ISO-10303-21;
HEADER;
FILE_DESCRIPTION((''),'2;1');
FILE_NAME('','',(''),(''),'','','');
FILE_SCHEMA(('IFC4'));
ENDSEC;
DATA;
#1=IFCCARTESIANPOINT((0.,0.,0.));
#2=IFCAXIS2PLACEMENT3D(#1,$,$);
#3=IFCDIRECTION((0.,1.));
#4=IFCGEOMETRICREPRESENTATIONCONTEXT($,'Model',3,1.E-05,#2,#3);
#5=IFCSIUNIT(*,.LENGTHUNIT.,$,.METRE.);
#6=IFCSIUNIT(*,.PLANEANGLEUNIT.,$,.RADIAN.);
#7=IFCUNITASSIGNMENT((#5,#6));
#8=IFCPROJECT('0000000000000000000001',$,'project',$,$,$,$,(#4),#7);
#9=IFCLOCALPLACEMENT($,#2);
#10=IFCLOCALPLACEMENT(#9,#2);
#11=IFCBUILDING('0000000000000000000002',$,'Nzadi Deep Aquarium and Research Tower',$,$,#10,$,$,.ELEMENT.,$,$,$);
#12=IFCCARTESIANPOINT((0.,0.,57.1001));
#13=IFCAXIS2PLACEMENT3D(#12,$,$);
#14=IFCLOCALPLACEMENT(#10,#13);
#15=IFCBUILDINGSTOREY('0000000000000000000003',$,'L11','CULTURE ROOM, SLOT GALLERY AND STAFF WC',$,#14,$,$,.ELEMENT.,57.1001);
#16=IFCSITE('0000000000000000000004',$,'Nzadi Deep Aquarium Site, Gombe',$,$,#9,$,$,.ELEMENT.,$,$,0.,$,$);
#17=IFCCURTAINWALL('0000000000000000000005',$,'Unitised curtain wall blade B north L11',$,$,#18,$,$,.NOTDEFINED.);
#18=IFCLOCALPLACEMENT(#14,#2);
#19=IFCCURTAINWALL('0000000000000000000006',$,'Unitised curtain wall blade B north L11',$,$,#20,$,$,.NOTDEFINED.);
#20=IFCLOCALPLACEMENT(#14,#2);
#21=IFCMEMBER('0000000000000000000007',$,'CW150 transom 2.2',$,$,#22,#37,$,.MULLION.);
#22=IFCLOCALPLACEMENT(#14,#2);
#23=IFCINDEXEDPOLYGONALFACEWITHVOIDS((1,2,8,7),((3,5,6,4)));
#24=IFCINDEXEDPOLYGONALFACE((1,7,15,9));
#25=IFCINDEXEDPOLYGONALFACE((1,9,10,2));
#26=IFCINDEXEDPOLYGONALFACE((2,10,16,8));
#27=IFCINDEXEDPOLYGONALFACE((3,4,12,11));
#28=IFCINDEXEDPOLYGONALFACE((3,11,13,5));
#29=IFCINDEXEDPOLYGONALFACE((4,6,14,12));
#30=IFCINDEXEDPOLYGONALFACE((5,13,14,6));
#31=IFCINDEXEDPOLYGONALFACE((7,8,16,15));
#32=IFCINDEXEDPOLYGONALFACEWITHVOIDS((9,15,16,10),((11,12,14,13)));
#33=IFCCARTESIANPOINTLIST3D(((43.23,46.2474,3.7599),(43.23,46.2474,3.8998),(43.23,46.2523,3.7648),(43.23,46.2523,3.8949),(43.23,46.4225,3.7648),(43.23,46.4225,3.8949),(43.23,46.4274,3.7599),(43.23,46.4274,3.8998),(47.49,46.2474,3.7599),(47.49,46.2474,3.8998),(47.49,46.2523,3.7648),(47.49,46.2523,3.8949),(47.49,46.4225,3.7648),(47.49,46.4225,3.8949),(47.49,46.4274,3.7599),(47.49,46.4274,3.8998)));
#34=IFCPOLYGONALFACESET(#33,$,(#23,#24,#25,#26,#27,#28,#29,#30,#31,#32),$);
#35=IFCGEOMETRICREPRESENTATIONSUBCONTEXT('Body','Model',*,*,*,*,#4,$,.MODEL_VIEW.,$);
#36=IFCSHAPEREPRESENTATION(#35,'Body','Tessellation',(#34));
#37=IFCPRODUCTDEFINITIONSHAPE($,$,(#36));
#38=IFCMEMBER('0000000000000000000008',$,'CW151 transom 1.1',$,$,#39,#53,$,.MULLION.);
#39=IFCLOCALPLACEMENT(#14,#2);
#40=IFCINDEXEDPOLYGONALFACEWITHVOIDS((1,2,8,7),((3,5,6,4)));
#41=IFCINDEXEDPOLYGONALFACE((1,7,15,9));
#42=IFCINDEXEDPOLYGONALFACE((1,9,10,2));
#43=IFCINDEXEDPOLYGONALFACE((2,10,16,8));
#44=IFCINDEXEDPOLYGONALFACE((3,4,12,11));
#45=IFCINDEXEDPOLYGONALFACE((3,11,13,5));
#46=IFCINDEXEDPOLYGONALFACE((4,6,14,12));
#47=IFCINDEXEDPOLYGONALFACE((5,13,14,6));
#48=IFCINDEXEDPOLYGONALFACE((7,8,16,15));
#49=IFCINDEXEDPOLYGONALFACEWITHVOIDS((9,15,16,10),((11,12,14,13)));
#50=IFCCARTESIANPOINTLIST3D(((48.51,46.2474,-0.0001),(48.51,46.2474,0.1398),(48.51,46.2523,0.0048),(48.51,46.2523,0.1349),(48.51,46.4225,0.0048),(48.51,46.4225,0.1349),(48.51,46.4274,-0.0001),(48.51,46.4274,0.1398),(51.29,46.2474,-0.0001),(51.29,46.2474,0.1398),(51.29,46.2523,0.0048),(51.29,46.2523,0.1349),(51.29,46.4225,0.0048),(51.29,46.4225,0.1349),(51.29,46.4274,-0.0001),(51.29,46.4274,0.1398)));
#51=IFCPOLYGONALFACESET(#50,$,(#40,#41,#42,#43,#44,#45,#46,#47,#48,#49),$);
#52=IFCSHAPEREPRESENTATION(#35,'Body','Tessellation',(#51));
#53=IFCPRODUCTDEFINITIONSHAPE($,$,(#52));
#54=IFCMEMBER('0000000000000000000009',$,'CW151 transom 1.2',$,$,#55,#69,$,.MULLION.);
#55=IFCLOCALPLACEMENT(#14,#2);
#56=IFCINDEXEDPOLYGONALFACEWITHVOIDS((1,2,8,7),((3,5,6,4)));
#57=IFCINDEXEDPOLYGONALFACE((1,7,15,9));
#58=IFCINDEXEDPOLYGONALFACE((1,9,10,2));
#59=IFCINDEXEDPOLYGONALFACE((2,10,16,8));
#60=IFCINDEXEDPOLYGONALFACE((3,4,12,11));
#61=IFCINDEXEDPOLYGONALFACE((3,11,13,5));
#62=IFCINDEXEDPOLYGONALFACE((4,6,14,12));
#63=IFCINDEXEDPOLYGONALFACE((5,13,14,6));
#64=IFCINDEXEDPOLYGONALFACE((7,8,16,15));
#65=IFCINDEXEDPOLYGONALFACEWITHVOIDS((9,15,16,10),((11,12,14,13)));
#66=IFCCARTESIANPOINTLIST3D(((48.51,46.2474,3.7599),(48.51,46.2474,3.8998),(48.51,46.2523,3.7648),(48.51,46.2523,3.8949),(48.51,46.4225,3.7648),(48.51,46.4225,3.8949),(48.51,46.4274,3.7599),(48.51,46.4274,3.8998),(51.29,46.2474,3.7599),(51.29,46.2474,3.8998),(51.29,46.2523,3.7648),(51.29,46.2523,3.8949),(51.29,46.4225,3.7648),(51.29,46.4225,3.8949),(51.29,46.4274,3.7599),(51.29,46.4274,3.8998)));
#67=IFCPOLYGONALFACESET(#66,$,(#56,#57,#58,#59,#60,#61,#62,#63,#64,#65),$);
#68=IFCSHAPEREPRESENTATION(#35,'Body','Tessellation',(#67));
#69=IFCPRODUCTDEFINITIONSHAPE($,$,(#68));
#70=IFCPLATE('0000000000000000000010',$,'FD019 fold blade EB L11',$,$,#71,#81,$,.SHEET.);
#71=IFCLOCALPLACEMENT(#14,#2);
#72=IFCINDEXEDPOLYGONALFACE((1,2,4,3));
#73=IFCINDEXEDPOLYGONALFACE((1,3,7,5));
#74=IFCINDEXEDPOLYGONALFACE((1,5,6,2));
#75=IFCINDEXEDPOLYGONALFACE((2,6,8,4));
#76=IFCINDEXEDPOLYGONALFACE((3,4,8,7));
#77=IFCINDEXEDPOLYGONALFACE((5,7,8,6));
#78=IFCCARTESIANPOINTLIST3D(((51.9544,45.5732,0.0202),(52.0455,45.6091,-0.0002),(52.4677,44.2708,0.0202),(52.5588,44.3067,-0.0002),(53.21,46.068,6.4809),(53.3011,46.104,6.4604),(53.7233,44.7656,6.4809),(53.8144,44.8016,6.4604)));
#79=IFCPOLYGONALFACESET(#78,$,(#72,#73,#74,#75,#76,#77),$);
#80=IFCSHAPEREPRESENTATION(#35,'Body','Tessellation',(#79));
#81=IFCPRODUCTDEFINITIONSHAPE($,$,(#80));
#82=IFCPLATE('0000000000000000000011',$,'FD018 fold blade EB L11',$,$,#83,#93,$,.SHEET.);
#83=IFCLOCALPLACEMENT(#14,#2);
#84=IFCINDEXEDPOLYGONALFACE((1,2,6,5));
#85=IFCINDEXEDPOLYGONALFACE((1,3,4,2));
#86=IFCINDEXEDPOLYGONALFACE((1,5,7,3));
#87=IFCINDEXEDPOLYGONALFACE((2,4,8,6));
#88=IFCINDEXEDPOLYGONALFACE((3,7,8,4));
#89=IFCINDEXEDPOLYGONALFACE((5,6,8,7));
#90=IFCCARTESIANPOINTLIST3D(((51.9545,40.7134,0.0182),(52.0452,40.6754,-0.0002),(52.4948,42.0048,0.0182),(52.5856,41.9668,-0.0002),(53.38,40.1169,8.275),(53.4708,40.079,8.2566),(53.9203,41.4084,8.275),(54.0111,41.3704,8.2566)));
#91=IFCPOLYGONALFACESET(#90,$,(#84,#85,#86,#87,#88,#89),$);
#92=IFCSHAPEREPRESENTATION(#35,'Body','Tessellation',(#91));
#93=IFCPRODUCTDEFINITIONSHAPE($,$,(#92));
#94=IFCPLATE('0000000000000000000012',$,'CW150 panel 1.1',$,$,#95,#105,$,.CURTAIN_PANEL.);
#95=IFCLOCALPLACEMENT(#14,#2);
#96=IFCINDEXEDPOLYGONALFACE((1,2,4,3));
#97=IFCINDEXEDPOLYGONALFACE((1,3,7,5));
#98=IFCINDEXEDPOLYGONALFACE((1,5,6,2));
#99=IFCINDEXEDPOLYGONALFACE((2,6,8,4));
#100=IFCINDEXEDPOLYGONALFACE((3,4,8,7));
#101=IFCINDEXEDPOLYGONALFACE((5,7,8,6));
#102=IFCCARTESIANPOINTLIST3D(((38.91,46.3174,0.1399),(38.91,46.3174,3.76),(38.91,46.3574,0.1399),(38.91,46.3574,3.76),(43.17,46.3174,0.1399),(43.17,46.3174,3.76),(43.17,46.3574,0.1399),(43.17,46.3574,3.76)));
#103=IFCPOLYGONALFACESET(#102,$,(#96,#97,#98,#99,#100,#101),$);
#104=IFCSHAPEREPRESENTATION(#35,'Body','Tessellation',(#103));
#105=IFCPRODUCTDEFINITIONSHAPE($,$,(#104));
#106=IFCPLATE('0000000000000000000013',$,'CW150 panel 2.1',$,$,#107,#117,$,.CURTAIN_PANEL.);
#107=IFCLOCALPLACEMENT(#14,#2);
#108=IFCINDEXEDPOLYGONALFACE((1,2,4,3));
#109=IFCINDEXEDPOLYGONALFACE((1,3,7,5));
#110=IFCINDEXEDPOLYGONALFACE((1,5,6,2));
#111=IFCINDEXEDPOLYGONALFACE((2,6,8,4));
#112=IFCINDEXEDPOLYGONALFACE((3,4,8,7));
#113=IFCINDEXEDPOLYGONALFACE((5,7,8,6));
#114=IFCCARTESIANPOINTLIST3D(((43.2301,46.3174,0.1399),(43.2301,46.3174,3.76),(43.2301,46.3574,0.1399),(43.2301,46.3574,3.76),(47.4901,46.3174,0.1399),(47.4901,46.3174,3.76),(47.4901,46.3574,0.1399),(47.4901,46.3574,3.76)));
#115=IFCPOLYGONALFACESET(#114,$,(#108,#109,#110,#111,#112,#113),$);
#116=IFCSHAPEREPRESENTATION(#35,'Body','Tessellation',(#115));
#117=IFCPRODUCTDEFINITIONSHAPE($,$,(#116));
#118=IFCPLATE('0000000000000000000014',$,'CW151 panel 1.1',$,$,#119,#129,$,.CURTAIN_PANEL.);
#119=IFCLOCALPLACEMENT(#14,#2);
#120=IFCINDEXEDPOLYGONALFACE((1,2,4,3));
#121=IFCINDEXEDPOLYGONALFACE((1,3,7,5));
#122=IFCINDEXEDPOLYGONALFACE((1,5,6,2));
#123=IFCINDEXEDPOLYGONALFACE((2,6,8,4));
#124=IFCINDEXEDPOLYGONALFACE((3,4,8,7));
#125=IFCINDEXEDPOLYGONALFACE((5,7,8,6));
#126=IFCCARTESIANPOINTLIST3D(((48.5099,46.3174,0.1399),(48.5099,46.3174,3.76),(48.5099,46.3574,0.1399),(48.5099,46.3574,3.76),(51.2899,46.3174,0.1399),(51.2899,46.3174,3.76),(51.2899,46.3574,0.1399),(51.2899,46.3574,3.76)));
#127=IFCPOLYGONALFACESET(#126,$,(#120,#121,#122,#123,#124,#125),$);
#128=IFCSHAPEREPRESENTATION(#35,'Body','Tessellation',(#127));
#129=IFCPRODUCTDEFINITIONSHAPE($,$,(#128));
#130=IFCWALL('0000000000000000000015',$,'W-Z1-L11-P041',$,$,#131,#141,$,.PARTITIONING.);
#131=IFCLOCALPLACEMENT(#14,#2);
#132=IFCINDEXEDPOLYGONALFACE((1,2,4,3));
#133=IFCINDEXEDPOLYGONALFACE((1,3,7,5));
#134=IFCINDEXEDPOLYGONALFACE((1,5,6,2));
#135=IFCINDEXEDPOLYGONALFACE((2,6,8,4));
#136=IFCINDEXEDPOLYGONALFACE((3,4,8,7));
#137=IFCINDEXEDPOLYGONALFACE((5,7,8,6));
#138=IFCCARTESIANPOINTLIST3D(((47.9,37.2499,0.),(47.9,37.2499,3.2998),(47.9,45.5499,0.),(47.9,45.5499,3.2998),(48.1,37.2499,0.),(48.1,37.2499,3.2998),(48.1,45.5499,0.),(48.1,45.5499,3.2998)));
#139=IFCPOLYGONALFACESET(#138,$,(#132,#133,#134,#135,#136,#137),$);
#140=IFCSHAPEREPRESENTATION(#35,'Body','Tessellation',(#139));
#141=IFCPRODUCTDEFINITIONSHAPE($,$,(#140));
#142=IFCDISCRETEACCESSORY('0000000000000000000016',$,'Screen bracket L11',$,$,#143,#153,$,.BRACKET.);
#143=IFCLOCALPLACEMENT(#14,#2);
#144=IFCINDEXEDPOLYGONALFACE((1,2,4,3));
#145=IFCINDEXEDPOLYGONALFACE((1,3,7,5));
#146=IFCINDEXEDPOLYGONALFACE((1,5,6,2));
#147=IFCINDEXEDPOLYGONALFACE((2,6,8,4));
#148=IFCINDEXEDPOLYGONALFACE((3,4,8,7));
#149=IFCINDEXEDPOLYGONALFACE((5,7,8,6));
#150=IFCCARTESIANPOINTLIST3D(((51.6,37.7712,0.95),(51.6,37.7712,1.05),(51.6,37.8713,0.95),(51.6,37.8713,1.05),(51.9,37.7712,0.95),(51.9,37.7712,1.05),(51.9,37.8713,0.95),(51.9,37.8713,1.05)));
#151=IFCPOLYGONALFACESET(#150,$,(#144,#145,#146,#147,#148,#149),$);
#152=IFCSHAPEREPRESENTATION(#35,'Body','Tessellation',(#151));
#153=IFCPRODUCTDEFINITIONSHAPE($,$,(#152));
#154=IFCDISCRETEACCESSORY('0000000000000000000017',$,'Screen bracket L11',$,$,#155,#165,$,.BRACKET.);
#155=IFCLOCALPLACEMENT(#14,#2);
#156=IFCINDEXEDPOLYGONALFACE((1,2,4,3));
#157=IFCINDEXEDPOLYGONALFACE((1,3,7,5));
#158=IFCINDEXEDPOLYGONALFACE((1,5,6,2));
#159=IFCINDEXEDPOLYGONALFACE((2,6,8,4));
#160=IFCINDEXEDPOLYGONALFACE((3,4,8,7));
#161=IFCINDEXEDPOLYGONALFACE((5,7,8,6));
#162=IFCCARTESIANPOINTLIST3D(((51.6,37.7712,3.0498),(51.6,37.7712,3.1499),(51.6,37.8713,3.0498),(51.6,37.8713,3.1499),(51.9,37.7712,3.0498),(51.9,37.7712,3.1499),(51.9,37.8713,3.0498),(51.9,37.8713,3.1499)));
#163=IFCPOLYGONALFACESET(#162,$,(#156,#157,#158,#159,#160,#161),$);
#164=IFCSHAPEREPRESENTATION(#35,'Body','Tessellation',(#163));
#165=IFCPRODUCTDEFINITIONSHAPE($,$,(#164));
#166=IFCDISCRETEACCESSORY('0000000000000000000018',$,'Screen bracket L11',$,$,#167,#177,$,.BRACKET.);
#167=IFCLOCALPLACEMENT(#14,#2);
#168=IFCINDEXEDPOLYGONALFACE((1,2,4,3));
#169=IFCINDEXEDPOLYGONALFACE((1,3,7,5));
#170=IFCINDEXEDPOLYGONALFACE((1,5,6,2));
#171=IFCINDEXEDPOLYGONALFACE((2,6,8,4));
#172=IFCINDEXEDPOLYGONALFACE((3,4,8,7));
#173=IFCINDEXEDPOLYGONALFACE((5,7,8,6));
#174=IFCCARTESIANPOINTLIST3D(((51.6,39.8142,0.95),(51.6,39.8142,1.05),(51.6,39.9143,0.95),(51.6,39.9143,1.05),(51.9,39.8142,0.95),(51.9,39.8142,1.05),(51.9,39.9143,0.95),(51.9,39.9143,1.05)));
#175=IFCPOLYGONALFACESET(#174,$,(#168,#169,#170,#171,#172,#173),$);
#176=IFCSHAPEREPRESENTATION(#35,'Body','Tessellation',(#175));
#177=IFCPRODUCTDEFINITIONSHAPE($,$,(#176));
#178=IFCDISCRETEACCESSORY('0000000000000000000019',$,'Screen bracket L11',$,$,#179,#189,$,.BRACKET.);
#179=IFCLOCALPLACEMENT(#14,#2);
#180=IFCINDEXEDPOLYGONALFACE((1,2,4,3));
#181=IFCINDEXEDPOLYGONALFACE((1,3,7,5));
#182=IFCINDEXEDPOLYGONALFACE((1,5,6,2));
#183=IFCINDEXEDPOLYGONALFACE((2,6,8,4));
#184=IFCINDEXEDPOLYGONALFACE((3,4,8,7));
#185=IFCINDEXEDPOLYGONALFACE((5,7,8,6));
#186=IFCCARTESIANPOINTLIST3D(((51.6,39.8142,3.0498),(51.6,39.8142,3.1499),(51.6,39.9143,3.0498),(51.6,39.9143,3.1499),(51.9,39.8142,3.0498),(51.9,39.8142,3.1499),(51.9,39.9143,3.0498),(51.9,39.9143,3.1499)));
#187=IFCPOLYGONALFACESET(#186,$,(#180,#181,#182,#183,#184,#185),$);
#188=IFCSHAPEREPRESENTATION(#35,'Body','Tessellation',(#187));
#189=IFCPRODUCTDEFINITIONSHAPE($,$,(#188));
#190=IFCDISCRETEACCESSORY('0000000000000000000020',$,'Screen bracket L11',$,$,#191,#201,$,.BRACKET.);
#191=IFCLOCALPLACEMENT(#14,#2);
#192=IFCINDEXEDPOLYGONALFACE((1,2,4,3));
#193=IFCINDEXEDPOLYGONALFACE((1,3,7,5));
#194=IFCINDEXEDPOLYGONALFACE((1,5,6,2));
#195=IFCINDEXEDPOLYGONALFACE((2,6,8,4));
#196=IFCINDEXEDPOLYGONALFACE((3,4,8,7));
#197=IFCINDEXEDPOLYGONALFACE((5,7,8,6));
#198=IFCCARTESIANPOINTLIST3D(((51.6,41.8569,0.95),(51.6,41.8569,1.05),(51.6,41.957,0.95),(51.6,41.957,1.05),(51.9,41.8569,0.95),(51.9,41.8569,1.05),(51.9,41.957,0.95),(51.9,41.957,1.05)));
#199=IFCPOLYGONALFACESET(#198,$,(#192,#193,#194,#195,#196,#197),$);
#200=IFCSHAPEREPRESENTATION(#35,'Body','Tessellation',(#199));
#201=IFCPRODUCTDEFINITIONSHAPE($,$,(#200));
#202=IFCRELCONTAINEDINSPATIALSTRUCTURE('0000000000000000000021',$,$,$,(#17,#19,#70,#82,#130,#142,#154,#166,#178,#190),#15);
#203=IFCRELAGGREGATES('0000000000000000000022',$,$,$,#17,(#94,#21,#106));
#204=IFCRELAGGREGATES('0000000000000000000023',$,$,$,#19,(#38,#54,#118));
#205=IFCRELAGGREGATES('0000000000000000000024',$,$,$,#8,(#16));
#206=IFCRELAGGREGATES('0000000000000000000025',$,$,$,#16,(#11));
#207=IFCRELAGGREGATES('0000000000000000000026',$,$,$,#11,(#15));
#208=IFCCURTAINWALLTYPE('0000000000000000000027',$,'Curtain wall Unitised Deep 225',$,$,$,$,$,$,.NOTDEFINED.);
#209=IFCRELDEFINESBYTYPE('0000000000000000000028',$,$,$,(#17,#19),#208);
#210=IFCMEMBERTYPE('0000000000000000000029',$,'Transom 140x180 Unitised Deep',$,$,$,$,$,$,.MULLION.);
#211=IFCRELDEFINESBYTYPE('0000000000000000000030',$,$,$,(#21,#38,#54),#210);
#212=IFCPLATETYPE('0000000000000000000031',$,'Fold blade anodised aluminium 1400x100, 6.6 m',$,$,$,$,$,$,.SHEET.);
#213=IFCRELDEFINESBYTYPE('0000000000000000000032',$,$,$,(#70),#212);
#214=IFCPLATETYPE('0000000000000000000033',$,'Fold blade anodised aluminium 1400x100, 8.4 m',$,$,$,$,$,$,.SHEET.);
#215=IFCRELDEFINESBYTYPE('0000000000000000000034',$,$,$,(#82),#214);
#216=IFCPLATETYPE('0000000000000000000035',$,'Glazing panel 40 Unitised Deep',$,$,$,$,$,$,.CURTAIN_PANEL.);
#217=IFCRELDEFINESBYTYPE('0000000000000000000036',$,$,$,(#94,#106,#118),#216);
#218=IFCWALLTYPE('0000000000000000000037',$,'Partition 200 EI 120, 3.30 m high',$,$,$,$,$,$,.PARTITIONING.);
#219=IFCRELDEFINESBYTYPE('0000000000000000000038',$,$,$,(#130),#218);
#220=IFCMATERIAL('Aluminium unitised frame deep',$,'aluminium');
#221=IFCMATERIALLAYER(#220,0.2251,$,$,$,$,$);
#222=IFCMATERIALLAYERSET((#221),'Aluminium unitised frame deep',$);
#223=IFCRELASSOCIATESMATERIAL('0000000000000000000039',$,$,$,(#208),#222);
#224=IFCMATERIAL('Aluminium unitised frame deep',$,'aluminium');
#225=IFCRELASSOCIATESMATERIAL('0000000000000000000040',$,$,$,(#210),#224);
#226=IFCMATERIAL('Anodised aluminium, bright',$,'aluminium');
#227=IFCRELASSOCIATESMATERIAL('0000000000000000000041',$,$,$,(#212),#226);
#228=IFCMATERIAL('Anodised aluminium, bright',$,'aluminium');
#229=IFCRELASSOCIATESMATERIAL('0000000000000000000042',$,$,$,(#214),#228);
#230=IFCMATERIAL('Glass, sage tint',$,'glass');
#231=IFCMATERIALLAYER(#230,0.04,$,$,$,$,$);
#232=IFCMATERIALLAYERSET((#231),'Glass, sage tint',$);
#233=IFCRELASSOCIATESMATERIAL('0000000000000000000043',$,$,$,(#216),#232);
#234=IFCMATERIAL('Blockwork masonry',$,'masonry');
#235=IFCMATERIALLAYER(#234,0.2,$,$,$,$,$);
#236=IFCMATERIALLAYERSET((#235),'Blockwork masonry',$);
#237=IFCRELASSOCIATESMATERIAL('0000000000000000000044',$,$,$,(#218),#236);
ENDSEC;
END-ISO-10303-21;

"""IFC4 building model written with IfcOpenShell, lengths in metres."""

from ifc_helpers import new_model, si_unit, direction, frame, frame_2d, origin, origin_2d, place, context, subcontext, project, spatial, rectangle, hollow_rectangle, extrude, material, layer, layer_set, material_profile, profile_set, type_object, element, aggregate, save


model = new_model("IFC4")

# Units and contexts
model_context = context("Model", 3, precision=1e-05, world=origin(), true_north=direction((0.0, 1.0)))
body_context = subcontext(model_context, "Body", "Model", "MODEL_VIEW")
ifc_project = project(units=[si_unit("LENGTHUNIT", "METRE"), si_unit("PLANEANGLEUNIT", "RADIAN")], contexts=[model_context])

# Site, building, storey
site_placement = place(None, origin())
site = spatial("IfcSite", under=ifc_project, at=site_placement, Name="Nzadi Deep Aquarium Site, Gombe", CompositionType="ELEMENT", RefElevation=0.0)
building_placement = place(site_placement, origin())
building = spatial("IfcBuilding", under=site, at=building_placement, Name="Nzadi Deep Aquarium and Research Tower", CompositionType="ELEMENT")
storey_placement = place(building_placement, frame((0.0, 0.0, 57.1001)))
storey = spatial("IfcBuildingStorey", under=building, at=storey_placement, Name="L11", Description="CULTURE ROOM, SLOT GALLERY AND STAFF WC", CompositionType="ELEMENT", Elevation=57.1001)

# Curtain walls
ifc_material_1 = material(Name="Aluminium unitised frame deep", Category="aluminium")
ifc_layer_1 = layer(ifc_material_1, 0.2251)
ifc_layer_set_1 = layer_set([ifc_layer_1], Name="Aluminium unitised frame deep")
curtain_wall_type = type_object("IfcCurtainWallType", Name="Curtain wall Unitised Deep 225", PredefinedType="NOTDEFINED", material=ifc_layer_set_1)
curtain_wall_1_placement = place(storey_placement, origin())
curtain_wall_1 = element("IfcCurtainWall", 1, at=curtain_wall_1_placement, inside=storey, type_object=curtain_wall_type, Name="Unitised curtain wall blade B north L11", PredefinedType="NOTDEFINED")
curtain_wall_2_placement = place(storey_placement, origin())
curtain_wall_2 = element("IfcCurtainWall", 2, at=curtain_wall_2_placement, inside=storey, type_object=curtain_wall_type, Name="Unitised curtain wall blade B north L11", PredefinedType="NOTDEFINED")

# Members
ifc_material_2 = material(Name="Aluminium unitised frame deep", Category="aluminium")
ifc_material_profile_1 = material_profile(ifc_material_2, hollow_rectangle(XDim=0.1799, YDim=0.1399, WallThickness=0.0049, at=origin_2d()))
ifc_profile_set_1 = profile_set([ifc_material_profile_1], Name="Aluminium unitised frame deep")
member_type_1 = type_object("IfcMemberType", Name="Transom 140x180 Unitised Deep", PredefinedType="MULLION", material=ifc_profile_set_1)
member_1_placement = place(storey_placement, frame((43.23, 46.3374, 3.8298), z_axis=(1.0, 0.0, 0.0), x_axis=(0.0, 1.0, 0.0)))
member_1 = element("IfcMember", 3, at=member_1_placement, type_object=member_type_1, Name="CW150 transom 2.2", PredefinedType="MULLION", context=body_context, shape_type="SweptSolid", body=[
    extrude(hollow_rectangle(XDim=0.1799, YDim=0.1399, WallThickness=0.0049, at=origin_2d()), origin(), (0.0, 0.0, 1.0), 4.26),
])
member_2_placement = place(storey_placement, frame((48.51, 46.3374, 0.0698), z_axis=(1.0, 0.0, 0.0), x_axis=(0.0, 1.0, 0.0)))
member_2 = element("IfcMember", 4, at=member_2_placement, type_object=member_type_1, Name="CW151 transom 1.1", PredefinedType="MULLION", context=body_context, shape_type="SweptSolid", body=[
    extrude(hollow_rectangle(XDim=0.1799, YDim=0.1399, WallThickness=0.0049, at=origin_2d()), origin(), (0.0, 0.0, 1.0), 2.78),
])
member_3_placement = place(storey_placement, frame((48.51, 46.3374, 3.8298), z_axis=(1.0, 0.0, 0.0), x_axis=(0.0, 1.0, 0.0)))
member_3 = element("IfcMember", 5, at=member_3_placement, type_object=member_type_1, Name="CW151 transom 1.2", PredefinedType="MULLION", context=body_context, shape_type="SweptSolid", body=[
    extrude(hollow_rectangle(XDim=0.1799, YDim=0.1399, WallThickness=0.0049, at=origin_2d()), origin(), (0.0, 0.0, 1.0), 2.78),
])

# Plates
ifc_material_3 = material(Name="Anodised aluminium, bright", Category="aluminium")
ifc_material_profile_2 = material_profile(ifc_material_3, rectangle(XDim=1.3999, YDim=0.1001, at=origin_2d()))
ifc_profile_set_2 = profile_set([ifc_material_profile_2], Name="Anodised aluminium, bright")
plate_type_1 = type_object("IfcPlateType", Name="Fold blade anodised aluminium 1400x100, 6.6 m", PredefinedType="SHEET", material=ifc_profile_set_2)
plate_1_placement = place(storey_placement, frame((52.2566, 44.9399, 0.01), z_axis=(0.19024, 0.074979, 0.97887), x_axis=(-0.366676, 0.930349, 0.0)))
element("IfcPlate", 6, at=plate_1_placement, inside=storey, type_object=plate_type_1, Name="FD019 fold blade EB L11", PredefinedType="SHEET", context=body_context, shape_type="SweptSolid", body=[
    extrude(rectangle(XDim=1.3999, YDim=0.1001, at=origin_2d()), origin(), (0.0, 0.0, 1.0), 6.6001),
])
ifc_material_4 = material(Name="Anodised aluminium, bright", Category="aluminium")
ifc_material_profile_3 = material_profile(ifc_material_4, rectangle(XDim=1.3999, YDim=0.1001, at=origin_2d()))
ifc_profile_set_3 = profile_set([ifc_material_profile_3], Name="Anodised aluminium, bright")
plate_type_2 = type_object("IfcPlateType", Name="Fold blade anodised aluminium 1400x100, 8.4 m", PredefinedType="SHEET", material=ifc_profile_set_3)
plate_2_placement = place(storey_placement, frame((52.27, 41.3401, 0.009), z_axis=(0.169703, -0.071003, 0.982934), x_axis=(0.385972, 0.92251, 0.0)))
element("IfcPlate", 7, at=plate_2_placement, inside=storey, type_object=plate_type_2, Name="FD018 fold blade EB L11", PredefinedType="SHEET", context=body_context, shape_type="SweptSolid", body=[
    extrude(rectangle(XDim=1.3999, YDim=0.1001, at=origin_2d()), origin(), (0.0, 0.0, 1.0), 8.4001),
])

# Plates
ifc_material_5 = material(Name="Glass, sage tint", Category="glass")
ifc_layer_2 = layer(ifc_material_5, 0.04)
ifc_layer_set_2 = layer_set([ifc_layer_2], Name="Glass, sage tint")
plate_type_3 = type_object("IfcPlateType", Name="Glazing panel 40 Unitised Deep", PredefinedType="CURTAIN_PANEL", material=ifc_layer_set_2)
plate_3_placement = place(storey_placement, frame((41.04, 46.3374, 0.1399), z_axis=(0.0, 0.0, 1.0), x_axis=(1.0, 0.0, 0.0)))
plate_3 = element("IfcPlate", 8, at=plate_3_placement, type_object=plate_type_3, Name="CW150 panel 1.1", PredefinedType="CURTAIN_PANEL", context=body_context, shape_type="SweptSolid", body=[
    extrude(rectangle(XDim=4.26, YDim=0.04, at=origin_2d()), origin(), (0.0, 0.0, 1.0), 3.6201),
])
plate_4_placement = place(storey_placement, frame((45.3601, 46.3374, 0.1399), z_axis=(0.0, 0.0, 1.0), x_axis=(1.0, 0.0, 0.0)))
plate_4 = element("IfcPlate", 9, at=plate_4_placement, type_object=plate_type_3, Name="CW150 panel 2.1", PredefinedType="CURTAIN_PANEL", context=body_context, shape_type="SweptSolid", body=[
    extrude(rectangle(XDim=4.26, YDim=0.04, at=origin_2d()), origin(), (0.0, 0.0, 1.0), 3.6201),
])
aggregate(curtain_wall_1, [plate_3, member_1, plate_4])
plate_5_placement = place(storey_placement, frame((49.8999, 46.3374, 0.1399), z_axis=(0.0, 0.0, 1.0), x_axis=(1.0, 0.0, 0.0)))
plate_5 = element("IfcPlate", 10, at=plate_5_placement, type_object=plate_type_3, Name="CW151 panel 1.1", PredefinedType="CURTAIN_PANEL", context=body_context, shape_type="SweptSolid", body=[
    extrude(rectangle(XDim=2.78, YDim=0.04, at=origin_2d()), origin(), (0.0, 0.0, 1.0), 3.6201),
])
aggregate(curtain_wall_2, [member_2, member_3, plate_5])

# Wall
ifc_material_6 = material(Name="Blockwork masonry", Category="masonry")
ifc_layer_3 = layer(ifc_material_6, 0.2)
ifc_layer_set_3 = layer_set([ifc_layer_3], Name="Blockwork masonry")
wall_type = type_object("IfcWallType", Name="Partition 200 EI 120, 3.30 m high", PredefinedType="PARTITIONING", material=ifc_layer_set_3)
wall_placement = place(storey_placement, frame((48.0, 37.25, 0.0), z_axis=(0.0, 0.0, 1.0), x_axis=(0.0, 1.0, 0.0)))
element("IfcWall", 11, at=wall_placement, inside=storey, type_object=wall_type, Name="W-Z1-L11-P041", PredefinedType="PARTITIONING", context=body_context, shape_type="SweptSolid", body=[
    extrude(rectangle(XDim=8.3, YDim=0.2, at=frame_2d((4.1499, 0.0))), origin(), (0.0, 0.0, 1.0), 3.2998),
])

# Discrete accessories
for number, where, z_axis, x_axis, name in (
    (12, (51.75, 37.8213, 0.95), (0.0, 0.0, 1.0), (1.0, 0.0, 0.0), "Screen bracket L11"),
    (13, (51.75, 37.8213, 3.0498), (0.0, 0.0, 1.0), (1.0, 0.0, 0.0), "Screen bracket L11"),
    (14, (51.75, 39.8643, 0.95), (0.0, 0.0, 1.0), (1.0, 0.0, 0.0), "Screen bracket L11"),
    (15, (51.75, 39.8643, 3.0498), (0.0, 0.0, 1.0), (1.0, 0.0, 0.0), "Screen bracket L11"),
    (16, (51.75, 41.907, 0.95), (0.0, 0.0, 1.0), (1.0, 0.0, 0.0), "Screen bracket L11"),
):
    element("IfcDiscreteAccessory", number, at=place(storey_placement, frame(where, z_axis=z_axis, x_axis=x_axis)), inside=storey, Name=name, PredefinedType="BRACKET", context=body_context, shape_type="SweptSolid", body=[
        extrude(rectangle(XDim=0.3, YDim=0.1001, at=origin_2d()), origin(), (0.0, 0.0, 1.0), 0.1001),
    ])

save(model, "model.ifc")
